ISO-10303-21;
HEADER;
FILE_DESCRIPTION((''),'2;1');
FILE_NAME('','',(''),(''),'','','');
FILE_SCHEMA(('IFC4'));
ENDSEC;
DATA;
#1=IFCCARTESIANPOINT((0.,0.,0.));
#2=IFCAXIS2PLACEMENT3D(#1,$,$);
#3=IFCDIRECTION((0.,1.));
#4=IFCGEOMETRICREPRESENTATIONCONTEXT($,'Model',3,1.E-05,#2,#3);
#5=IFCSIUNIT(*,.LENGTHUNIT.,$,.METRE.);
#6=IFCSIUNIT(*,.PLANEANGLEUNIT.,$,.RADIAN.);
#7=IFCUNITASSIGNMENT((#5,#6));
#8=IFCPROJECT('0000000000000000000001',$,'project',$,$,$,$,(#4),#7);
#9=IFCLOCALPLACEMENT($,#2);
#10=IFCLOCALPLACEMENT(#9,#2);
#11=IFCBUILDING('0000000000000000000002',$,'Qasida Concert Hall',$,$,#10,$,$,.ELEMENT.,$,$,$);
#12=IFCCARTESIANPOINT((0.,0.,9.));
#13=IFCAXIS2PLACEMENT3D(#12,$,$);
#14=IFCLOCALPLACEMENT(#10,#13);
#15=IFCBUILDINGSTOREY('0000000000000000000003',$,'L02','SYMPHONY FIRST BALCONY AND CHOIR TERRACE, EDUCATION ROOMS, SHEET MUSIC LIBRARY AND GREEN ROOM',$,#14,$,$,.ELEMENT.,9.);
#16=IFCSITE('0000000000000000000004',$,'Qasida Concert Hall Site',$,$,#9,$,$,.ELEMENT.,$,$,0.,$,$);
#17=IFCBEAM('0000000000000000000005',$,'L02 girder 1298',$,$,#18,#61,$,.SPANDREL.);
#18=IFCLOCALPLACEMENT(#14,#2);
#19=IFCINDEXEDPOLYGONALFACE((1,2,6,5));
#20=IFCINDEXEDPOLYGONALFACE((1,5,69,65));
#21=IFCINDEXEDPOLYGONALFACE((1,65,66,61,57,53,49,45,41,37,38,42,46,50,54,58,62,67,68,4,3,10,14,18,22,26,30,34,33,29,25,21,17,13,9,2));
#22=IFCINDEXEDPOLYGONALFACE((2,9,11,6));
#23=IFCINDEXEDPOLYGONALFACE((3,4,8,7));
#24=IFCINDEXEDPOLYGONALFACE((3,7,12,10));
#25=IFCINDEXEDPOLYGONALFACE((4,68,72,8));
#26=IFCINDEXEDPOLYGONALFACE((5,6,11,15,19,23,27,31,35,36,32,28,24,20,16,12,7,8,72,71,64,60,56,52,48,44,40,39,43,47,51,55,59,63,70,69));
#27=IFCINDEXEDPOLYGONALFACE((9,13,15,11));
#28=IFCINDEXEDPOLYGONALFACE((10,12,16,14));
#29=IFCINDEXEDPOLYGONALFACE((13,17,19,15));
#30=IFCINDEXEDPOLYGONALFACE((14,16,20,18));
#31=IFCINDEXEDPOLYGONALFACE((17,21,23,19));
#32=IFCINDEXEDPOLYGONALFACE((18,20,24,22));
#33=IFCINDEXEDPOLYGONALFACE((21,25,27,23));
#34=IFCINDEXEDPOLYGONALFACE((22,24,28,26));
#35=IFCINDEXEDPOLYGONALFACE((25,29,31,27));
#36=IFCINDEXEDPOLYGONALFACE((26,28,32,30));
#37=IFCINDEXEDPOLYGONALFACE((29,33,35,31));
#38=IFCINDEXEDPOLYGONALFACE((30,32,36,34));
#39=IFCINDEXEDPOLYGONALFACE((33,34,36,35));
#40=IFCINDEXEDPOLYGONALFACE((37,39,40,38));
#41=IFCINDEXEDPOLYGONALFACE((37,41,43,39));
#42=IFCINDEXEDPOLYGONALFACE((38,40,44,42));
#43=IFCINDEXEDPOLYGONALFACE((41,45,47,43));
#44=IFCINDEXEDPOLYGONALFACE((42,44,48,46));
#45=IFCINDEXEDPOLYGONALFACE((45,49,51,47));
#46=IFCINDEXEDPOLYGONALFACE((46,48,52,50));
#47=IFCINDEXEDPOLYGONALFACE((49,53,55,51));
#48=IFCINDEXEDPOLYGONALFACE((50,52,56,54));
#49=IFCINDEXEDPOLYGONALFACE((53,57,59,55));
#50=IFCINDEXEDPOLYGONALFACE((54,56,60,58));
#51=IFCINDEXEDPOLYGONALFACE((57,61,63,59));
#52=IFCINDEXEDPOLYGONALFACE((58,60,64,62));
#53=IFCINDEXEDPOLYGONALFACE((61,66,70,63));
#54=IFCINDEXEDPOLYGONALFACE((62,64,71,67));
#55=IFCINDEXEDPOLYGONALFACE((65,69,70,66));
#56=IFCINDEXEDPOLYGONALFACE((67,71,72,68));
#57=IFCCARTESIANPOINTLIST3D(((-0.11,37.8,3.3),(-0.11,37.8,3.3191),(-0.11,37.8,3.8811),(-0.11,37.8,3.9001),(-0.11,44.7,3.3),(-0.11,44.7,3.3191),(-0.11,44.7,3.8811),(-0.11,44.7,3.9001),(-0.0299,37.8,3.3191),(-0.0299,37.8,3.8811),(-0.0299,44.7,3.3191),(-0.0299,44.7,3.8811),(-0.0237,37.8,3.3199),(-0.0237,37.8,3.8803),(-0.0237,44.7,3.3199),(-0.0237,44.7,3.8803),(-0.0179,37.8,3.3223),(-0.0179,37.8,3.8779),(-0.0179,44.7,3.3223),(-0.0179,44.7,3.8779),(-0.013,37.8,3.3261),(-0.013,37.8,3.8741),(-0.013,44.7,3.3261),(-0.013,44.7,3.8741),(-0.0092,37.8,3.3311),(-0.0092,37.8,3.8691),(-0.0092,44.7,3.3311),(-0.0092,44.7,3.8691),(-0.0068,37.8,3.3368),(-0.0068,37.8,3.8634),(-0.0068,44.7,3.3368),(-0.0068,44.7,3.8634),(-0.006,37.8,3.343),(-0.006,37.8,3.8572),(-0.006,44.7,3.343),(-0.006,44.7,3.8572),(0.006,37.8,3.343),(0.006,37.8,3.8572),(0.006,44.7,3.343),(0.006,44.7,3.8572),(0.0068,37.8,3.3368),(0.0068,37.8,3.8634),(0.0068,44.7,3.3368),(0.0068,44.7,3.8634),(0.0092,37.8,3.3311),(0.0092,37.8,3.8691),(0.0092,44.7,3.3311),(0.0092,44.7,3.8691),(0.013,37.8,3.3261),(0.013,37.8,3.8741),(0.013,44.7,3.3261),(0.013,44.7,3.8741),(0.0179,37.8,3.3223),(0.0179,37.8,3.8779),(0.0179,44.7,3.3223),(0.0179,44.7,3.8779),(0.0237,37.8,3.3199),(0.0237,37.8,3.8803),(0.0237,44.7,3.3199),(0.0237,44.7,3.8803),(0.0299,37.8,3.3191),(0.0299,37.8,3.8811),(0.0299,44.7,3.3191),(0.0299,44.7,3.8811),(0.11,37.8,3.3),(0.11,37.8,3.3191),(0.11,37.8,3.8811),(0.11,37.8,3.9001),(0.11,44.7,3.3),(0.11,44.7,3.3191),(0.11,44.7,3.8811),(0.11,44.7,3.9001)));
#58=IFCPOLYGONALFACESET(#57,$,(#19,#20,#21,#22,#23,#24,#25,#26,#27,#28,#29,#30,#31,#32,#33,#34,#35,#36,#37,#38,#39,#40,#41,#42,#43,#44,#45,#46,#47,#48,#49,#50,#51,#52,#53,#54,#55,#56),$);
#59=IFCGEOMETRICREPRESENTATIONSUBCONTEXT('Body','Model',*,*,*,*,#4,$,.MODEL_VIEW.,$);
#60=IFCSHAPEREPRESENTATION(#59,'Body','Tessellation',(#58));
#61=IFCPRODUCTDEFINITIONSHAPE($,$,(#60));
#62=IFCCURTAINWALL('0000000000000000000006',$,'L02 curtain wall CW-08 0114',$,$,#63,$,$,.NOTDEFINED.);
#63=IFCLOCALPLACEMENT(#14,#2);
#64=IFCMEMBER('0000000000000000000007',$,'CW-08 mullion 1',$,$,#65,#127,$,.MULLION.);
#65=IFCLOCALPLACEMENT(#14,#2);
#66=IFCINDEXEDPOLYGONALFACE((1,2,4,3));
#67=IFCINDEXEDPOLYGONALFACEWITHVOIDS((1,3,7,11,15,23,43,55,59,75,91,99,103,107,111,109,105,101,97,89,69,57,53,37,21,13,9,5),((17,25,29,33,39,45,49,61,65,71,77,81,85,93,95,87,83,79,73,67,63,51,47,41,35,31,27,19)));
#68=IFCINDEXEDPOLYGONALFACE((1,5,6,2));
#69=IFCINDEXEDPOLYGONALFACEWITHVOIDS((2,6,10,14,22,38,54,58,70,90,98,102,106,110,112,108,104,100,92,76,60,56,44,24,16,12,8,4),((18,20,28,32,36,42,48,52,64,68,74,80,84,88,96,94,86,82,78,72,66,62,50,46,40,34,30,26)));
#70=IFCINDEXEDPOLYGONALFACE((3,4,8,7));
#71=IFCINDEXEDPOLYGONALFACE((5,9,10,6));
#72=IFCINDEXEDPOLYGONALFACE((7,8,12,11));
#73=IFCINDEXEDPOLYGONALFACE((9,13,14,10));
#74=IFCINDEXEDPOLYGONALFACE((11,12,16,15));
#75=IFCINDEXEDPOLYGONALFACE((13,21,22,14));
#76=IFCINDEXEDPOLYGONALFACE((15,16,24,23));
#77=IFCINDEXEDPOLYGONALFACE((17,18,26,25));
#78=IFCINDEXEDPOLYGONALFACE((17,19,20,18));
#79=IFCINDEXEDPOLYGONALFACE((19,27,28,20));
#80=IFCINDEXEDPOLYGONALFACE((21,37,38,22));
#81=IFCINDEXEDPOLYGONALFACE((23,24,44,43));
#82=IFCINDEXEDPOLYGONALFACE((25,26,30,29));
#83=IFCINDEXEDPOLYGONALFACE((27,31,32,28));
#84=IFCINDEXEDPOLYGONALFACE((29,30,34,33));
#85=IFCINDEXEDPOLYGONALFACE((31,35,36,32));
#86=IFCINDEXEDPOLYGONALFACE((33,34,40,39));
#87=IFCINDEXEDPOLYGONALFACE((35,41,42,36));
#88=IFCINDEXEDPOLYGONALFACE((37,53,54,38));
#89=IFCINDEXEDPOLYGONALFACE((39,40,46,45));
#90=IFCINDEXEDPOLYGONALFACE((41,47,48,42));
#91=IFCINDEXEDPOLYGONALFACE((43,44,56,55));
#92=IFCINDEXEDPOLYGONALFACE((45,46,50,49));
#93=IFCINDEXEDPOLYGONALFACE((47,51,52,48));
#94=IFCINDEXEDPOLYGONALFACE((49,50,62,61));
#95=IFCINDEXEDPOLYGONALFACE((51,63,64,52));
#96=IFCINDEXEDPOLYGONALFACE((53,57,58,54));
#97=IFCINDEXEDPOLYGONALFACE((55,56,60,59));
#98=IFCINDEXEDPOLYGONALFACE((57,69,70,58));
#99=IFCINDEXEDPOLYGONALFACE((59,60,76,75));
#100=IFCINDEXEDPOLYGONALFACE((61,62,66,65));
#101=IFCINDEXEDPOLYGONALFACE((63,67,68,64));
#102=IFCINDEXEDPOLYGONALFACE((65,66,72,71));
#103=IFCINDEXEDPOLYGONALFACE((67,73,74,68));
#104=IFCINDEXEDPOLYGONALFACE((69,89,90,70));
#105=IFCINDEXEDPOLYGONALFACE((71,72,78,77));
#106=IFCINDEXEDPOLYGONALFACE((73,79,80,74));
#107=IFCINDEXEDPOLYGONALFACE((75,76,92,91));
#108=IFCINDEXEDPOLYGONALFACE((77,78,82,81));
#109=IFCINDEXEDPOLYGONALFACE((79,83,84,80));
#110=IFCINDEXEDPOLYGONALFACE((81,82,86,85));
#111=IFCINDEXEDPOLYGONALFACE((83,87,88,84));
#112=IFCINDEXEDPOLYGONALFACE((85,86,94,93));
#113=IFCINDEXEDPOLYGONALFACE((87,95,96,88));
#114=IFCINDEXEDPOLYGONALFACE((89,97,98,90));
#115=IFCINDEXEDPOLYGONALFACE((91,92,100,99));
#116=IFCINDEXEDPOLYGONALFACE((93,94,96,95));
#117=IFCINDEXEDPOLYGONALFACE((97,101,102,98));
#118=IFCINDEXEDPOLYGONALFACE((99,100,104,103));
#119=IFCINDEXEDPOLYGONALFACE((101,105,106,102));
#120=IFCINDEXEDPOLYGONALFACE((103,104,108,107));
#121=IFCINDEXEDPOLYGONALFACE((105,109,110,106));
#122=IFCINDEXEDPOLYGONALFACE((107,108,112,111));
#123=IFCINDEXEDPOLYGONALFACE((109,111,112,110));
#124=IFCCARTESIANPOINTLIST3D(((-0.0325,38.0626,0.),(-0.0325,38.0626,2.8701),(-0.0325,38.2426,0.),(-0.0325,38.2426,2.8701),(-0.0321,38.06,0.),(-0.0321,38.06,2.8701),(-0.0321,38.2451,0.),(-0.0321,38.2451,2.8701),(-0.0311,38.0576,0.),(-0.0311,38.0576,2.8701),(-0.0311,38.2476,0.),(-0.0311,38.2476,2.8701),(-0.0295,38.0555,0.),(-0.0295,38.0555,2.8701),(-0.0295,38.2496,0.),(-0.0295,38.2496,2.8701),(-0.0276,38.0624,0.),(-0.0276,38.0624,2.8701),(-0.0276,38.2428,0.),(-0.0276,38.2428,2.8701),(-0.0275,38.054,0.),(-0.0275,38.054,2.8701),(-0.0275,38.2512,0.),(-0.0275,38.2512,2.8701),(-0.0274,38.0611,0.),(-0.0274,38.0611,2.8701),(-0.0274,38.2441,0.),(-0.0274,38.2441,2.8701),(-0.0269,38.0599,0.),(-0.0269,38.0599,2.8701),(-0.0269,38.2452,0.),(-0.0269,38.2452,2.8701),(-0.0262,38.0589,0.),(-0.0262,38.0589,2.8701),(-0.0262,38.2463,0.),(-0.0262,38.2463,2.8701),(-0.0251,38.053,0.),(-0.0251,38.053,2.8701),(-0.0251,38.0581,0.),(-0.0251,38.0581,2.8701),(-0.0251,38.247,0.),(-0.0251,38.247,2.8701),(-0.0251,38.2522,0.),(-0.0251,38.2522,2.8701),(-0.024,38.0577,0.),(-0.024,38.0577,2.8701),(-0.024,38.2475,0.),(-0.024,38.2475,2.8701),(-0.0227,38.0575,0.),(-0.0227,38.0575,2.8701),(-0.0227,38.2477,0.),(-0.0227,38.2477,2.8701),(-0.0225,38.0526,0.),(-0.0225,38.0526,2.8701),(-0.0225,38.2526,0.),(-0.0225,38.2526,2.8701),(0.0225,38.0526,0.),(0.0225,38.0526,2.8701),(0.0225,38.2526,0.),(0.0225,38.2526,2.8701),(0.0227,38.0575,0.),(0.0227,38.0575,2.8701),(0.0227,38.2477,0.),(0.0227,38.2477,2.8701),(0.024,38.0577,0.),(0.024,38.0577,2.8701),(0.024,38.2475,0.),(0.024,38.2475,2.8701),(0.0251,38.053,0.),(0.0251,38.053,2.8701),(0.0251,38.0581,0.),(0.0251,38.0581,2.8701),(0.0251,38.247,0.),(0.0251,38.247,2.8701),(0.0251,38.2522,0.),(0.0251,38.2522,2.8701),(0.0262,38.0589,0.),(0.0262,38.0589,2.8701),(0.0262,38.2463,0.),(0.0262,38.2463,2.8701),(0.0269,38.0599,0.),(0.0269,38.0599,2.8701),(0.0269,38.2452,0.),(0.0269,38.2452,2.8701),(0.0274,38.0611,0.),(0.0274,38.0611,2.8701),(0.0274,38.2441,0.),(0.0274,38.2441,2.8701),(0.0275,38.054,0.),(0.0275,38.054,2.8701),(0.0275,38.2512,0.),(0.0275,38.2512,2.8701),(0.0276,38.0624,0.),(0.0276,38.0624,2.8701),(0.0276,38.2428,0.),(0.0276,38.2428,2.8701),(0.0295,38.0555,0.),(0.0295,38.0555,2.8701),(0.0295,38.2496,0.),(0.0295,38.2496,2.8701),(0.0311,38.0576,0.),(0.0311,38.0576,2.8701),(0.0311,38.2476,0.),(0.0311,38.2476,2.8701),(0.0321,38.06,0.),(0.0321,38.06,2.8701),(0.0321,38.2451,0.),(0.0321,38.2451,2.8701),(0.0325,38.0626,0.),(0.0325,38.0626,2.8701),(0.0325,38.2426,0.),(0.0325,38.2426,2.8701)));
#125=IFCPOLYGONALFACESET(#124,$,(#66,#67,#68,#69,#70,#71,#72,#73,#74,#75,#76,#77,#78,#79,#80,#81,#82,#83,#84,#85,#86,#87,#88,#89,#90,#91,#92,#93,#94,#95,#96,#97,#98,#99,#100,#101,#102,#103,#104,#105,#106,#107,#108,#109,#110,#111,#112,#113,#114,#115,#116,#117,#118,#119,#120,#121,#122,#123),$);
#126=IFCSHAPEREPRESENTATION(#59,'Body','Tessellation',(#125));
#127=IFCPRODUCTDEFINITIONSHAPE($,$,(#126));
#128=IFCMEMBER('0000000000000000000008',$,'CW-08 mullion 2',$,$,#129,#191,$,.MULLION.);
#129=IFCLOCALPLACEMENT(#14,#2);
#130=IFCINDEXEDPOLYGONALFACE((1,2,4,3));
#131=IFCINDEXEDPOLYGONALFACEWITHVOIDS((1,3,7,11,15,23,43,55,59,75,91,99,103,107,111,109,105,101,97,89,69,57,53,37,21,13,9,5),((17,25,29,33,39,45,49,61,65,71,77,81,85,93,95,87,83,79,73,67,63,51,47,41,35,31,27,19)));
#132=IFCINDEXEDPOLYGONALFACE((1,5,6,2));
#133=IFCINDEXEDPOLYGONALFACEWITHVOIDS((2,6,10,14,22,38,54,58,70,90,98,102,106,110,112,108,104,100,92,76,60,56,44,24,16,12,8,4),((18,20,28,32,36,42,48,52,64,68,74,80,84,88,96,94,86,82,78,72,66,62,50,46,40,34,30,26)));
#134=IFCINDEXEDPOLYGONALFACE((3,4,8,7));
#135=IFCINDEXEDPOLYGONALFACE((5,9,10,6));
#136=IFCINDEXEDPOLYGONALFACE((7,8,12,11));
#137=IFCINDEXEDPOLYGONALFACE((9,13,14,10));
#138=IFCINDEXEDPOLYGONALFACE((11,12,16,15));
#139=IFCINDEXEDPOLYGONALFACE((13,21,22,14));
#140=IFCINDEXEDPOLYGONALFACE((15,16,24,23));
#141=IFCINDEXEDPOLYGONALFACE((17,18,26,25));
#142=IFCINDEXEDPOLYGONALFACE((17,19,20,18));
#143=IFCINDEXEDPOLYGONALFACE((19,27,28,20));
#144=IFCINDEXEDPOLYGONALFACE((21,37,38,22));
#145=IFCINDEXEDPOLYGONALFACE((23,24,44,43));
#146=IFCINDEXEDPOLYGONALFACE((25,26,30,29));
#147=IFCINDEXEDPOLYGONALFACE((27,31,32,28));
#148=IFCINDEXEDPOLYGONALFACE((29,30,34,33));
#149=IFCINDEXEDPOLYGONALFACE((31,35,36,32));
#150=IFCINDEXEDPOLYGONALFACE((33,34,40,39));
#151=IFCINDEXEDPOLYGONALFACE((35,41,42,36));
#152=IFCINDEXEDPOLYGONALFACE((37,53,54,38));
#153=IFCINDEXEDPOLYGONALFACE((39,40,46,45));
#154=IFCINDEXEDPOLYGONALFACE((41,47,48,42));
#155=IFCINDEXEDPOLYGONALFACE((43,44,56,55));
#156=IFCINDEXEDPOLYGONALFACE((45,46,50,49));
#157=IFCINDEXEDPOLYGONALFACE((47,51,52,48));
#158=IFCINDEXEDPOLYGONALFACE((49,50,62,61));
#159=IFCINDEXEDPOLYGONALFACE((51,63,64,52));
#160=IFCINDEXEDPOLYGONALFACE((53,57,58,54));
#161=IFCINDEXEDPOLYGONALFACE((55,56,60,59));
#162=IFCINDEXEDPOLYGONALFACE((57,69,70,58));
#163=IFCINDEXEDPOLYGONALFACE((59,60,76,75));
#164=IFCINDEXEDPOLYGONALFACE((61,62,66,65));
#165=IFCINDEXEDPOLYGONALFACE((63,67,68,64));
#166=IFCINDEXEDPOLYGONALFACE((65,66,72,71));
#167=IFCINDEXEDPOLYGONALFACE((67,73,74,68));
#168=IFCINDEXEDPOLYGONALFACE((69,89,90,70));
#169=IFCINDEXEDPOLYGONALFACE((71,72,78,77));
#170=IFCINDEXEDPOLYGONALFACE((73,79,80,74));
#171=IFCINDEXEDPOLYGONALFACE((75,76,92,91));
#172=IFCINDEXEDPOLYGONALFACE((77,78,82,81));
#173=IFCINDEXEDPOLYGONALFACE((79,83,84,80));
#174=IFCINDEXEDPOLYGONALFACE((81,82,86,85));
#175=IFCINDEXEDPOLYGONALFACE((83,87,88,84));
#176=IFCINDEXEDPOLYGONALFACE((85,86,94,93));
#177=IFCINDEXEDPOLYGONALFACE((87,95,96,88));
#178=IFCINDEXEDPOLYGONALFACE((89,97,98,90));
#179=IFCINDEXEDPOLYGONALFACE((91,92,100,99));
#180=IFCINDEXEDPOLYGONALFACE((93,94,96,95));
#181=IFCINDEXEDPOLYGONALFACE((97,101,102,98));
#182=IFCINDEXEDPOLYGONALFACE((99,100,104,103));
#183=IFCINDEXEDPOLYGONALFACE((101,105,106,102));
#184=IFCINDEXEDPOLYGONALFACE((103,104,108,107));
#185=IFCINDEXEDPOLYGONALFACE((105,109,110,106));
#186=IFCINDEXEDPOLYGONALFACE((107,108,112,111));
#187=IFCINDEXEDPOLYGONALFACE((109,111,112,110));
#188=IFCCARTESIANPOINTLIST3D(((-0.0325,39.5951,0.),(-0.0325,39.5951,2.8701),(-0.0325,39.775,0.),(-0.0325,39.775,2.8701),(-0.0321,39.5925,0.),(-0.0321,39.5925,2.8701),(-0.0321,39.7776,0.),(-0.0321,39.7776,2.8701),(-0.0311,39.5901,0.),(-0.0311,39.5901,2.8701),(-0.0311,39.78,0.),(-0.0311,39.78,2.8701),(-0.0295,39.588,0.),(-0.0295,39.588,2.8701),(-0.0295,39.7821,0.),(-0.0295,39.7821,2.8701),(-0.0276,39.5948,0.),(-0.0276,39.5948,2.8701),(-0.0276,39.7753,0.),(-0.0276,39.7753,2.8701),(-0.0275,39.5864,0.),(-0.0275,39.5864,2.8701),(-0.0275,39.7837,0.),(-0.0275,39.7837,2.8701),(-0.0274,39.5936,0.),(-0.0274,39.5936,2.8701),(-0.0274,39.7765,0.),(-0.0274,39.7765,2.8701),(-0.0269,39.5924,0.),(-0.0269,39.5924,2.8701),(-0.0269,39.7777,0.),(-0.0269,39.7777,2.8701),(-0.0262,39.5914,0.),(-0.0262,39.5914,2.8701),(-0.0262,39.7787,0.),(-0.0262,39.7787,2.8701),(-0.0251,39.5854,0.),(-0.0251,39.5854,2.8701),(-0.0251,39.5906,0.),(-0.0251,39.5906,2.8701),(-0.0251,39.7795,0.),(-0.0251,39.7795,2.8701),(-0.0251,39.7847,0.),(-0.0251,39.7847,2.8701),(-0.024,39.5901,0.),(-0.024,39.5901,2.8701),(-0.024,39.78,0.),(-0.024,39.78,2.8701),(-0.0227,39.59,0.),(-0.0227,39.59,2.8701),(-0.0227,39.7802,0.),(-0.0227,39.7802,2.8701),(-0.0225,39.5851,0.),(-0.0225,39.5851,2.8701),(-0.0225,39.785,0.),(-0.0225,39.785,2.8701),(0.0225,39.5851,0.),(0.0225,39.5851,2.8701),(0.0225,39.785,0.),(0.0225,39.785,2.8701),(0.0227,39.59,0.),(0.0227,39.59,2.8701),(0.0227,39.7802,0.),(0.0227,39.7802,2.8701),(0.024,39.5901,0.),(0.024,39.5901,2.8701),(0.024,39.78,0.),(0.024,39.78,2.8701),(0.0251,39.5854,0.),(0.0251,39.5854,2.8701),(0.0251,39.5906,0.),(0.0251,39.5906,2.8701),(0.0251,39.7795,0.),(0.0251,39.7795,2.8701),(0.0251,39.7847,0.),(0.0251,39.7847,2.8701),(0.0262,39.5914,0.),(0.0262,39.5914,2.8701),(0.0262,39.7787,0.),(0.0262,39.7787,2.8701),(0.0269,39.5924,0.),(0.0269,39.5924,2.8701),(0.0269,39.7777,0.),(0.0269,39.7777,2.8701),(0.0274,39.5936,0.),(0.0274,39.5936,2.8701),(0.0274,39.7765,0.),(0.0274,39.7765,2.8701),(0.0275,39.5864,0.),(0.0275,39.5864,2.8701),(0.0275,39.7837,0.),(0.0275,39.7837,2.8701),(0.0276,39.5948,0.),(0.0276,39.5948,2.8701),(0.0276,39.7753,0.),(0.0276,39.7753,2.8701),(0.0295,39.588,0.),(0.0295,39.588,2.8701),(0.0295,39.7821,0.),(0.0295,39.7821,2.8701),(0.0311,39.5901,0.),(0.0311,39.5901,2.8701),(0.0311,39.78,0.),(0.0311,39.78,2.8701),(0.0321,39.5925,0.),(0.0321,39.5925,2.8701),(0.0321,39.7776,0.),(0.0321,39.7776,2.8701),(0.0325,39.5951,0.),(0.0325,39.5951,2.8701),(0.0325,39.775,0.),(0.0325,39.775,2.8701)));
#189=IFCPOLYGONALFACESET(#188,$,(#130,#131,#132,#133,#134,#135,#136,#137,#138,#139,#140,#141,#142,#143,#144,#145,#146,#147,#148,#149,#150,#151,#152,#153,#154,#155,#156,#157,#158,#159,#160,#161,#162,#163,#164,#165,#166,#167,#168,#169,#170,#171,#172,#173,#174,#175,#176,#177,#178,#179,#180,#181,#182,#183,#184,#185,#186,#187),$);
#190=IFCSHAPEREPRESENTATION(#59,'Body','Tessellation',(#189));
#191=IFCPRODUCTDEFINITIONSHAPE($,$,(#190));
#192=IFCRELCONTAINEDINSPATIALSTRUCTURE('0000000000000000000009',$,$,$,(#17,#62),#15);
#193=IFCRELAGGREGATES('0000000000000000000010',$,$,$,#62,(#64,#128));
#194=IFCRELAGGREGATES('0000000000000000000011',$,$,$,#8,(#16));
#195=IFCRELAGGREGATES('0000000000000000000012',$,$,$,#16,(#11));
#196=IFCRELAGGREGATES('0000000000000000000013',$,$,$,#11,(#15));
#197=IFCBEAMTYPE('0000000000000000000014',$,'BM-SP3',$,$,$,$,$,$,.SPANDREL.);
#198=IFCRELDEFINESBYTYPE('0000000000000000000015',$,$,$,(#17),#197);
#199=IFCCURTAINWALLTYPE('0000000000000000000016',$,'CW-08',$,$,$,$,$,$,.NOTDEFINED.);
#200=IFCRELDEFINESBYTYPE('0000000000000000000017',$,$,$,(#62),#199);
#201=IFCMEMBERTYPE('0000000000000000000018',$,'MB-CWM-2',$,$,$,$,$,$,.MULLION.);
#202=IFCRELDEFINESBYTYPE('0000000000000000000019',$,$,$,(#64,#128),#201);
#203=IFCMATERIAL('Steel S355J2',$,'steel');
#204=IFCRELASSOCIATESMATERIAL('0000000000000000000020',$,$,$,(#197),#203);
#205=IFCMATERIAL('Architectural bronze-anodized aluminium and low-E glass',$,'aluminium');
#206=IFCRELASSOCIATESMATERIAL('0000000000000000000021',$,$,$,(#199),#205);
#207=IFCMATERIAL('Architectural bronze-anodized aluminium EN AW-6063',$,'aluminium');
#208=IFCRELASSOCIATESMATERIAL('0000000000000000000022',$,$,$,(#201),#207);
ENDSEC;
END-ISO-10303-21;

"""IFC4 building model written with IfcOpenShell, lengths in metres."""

from ifc_helpers import new_model, si_unit, direction, frame, origin, origin_2d, place, context, subcontext, project, spatial, hollow_rectangle, i_section, extrude, material, material_profile, profile_set, type_object, element, aggregate, save


model = new_model("IFC4")

# Units and contexts
model_context = context("Model", 3, precision=1e-05, world=origin(), true_north=direction((0.0, 1.0)))
body_context = subcontext(model_context, "Body", "Model", "MODEL_VIEW")
ifc_project = project(units=[si_unit("LENGTHUNIT", "METRE"), si_unit("PLANEANGLEUNIT", "RADIAN")], contexts=[model_context])

# Site, building, storey
site_placement = place(None, origin())
site = spatial("IfcSite", under=ifc_project, at=site_placement, Name="Qasida Concert Hall Site", CompositionType="ELEMENT", RefElevation=0.0)
building_placement = place(site_placement, origin())
building = spatial("IfcBuilding", under=site, at=building_placement, Name="Qasida Concert Hall", CompositionType="ELEMENT")
storey_placement = place(building_placement, frame((0.0, 0.0, 9.0)))
storey = spatial("IfcBuildingStorey", under=building, at=storey_placement, Name="L02", Description="SYMPHONY FIRST BALCONY AND CHOIR TERRACE, EDUCATION ROOMS, SHEET MUSIC LIBRARY AND GREEN ROOM", CompositionType="ELEMENT", Elevation=9.0)

# Beam
ifc_material_1 = material(Name="Steel S355J2", Category="steel")
ifc_material_profile_1 = material_profile(ifc_material_1, i_section(OverallWidth=0.22, OverallDepth=0.6001, WebThickness=0.012, FlangeThickness=0.019, FilletRadius=0.0239, at=origin_2d()), Name="IPE 600")
ifc_profile_set_1 = profile_set([ifc_material_profile_1], Name="Steel S355J2")
beam_type = type_object("IfcBeamType", Name="BM-SP3", PredefinedType="SPANDREL", material=ifc_profile_set_1)
beam_placement = place(storey_placement, frame((0.0, 37.8, 3.6001), z_axis=(0.0, 1.0, 0.0), x_axis=(-1.0, 0.0, 0.0)))
element("IfcBeam", 1, at=beam_placement, inside=storey, type_object=beam_type, Name="L02 girder 1298", PredefinedType="SPANDREL", context=body_context, shape_type="SweptSolid", body=[
    extrude(i_section(OverallWidth=0.22, OverallDepth=0.6001, WebThickness=0.012, FlangeThickness=0.019, FilletRadius=0.0239, at=origin_2d()), origin(), (0.0, 0.0, 1.0), 6.8999),
])

# Curtain wall, members
ifc_material_2 = material(Name="Architectural bronze-anodized aluminium and low-E glass", Category="aluminium")
curtain_wall_type = type_object("IfcCurtainWallType", Name="CW-08", PredefinedType="NOTDEFINED", material=ifc_material_2)
curtain_wall_placement = place(storey_placement, origin())
curtain_wall = element("IfcCurtainWall", 2, at=curtain_wall_placement, inside=storey, type_object=curtain_wall_type, Name="L02 curtain wall CW-08 0114", PredefinedType="NOTDEFINED")
ifc_material_3 = material(Name="Architectural bronze-anodized aluminium EN AW-6063", Category="aluminium")
ifc_material_profile_2 = material_profile(ifc_material_3, hollow_rectangle(XDim=0.0649, YDim=0.2, WallThickness=0.0049, InnerFilletRadius=0.0049, OuterFilletRadius=0.01, at=origin_2d()), Name="CWM 200x65x5")
ifc_profile_set_2 = profile_set([ifc_material_profile_2], Name="Architectural bronze-anodized aluminium EN AW-6063")
member_type_1 = type_object("IfcMemberType", Name="MB-CWM-2", PredefinedType="MULLION", material=ifc_profile_set_2)
member_1_placement = place(storey_placement, frame((0.0, 38.1526, 0.0), z_axis=(0.0, 0.0, 1.0), x_axis=(-1.0, 0.0, 0.0)))
member_1 = element("IfcMember", 3, at=member_1_placement, type_object=member_type_1, Name="CW-08 mullion 1", PredefinedType="MULLION", context=body_context, shape_type="SweptSolid", body=[
    extrude(hollow_rectangle(XDim=0.0649, YDim=0.2, WallThickness=0.0049, InnerFilletRadius=0.0049, OuterFilletRadius=0.01, at=origin_2d()), origin(), (0.0, 0.0, 1.0), 2.8701),
])
member_2_placement = place(storey_placement, frame((0.0, 39.6851, 0.0), z_axis=(0.0, 0.0, 1.0), x_axis=(-1.0, 0.0, 0.0)))
member_2 = element("IfcMember", 4, at=member_2_placement, type_object=member_type_1, Name="CW-08 mullion 2", PredefinedType="MULLION", context=body_context, shape_type="SweptSolid", body=[
    extrude(hollow_rectangle(XDim=0.0649, YDim=0.2, WallThickness=0.0049, InnerFilletRadius=0.0049, OuterFilletRadius=0.01, at=origin_2d()), origin(), (0.0, 0.0, 1.0), 2.8701),
])
aggregate(curtain_wall, [member_1, member_2])

save(model, "model.ifc")
